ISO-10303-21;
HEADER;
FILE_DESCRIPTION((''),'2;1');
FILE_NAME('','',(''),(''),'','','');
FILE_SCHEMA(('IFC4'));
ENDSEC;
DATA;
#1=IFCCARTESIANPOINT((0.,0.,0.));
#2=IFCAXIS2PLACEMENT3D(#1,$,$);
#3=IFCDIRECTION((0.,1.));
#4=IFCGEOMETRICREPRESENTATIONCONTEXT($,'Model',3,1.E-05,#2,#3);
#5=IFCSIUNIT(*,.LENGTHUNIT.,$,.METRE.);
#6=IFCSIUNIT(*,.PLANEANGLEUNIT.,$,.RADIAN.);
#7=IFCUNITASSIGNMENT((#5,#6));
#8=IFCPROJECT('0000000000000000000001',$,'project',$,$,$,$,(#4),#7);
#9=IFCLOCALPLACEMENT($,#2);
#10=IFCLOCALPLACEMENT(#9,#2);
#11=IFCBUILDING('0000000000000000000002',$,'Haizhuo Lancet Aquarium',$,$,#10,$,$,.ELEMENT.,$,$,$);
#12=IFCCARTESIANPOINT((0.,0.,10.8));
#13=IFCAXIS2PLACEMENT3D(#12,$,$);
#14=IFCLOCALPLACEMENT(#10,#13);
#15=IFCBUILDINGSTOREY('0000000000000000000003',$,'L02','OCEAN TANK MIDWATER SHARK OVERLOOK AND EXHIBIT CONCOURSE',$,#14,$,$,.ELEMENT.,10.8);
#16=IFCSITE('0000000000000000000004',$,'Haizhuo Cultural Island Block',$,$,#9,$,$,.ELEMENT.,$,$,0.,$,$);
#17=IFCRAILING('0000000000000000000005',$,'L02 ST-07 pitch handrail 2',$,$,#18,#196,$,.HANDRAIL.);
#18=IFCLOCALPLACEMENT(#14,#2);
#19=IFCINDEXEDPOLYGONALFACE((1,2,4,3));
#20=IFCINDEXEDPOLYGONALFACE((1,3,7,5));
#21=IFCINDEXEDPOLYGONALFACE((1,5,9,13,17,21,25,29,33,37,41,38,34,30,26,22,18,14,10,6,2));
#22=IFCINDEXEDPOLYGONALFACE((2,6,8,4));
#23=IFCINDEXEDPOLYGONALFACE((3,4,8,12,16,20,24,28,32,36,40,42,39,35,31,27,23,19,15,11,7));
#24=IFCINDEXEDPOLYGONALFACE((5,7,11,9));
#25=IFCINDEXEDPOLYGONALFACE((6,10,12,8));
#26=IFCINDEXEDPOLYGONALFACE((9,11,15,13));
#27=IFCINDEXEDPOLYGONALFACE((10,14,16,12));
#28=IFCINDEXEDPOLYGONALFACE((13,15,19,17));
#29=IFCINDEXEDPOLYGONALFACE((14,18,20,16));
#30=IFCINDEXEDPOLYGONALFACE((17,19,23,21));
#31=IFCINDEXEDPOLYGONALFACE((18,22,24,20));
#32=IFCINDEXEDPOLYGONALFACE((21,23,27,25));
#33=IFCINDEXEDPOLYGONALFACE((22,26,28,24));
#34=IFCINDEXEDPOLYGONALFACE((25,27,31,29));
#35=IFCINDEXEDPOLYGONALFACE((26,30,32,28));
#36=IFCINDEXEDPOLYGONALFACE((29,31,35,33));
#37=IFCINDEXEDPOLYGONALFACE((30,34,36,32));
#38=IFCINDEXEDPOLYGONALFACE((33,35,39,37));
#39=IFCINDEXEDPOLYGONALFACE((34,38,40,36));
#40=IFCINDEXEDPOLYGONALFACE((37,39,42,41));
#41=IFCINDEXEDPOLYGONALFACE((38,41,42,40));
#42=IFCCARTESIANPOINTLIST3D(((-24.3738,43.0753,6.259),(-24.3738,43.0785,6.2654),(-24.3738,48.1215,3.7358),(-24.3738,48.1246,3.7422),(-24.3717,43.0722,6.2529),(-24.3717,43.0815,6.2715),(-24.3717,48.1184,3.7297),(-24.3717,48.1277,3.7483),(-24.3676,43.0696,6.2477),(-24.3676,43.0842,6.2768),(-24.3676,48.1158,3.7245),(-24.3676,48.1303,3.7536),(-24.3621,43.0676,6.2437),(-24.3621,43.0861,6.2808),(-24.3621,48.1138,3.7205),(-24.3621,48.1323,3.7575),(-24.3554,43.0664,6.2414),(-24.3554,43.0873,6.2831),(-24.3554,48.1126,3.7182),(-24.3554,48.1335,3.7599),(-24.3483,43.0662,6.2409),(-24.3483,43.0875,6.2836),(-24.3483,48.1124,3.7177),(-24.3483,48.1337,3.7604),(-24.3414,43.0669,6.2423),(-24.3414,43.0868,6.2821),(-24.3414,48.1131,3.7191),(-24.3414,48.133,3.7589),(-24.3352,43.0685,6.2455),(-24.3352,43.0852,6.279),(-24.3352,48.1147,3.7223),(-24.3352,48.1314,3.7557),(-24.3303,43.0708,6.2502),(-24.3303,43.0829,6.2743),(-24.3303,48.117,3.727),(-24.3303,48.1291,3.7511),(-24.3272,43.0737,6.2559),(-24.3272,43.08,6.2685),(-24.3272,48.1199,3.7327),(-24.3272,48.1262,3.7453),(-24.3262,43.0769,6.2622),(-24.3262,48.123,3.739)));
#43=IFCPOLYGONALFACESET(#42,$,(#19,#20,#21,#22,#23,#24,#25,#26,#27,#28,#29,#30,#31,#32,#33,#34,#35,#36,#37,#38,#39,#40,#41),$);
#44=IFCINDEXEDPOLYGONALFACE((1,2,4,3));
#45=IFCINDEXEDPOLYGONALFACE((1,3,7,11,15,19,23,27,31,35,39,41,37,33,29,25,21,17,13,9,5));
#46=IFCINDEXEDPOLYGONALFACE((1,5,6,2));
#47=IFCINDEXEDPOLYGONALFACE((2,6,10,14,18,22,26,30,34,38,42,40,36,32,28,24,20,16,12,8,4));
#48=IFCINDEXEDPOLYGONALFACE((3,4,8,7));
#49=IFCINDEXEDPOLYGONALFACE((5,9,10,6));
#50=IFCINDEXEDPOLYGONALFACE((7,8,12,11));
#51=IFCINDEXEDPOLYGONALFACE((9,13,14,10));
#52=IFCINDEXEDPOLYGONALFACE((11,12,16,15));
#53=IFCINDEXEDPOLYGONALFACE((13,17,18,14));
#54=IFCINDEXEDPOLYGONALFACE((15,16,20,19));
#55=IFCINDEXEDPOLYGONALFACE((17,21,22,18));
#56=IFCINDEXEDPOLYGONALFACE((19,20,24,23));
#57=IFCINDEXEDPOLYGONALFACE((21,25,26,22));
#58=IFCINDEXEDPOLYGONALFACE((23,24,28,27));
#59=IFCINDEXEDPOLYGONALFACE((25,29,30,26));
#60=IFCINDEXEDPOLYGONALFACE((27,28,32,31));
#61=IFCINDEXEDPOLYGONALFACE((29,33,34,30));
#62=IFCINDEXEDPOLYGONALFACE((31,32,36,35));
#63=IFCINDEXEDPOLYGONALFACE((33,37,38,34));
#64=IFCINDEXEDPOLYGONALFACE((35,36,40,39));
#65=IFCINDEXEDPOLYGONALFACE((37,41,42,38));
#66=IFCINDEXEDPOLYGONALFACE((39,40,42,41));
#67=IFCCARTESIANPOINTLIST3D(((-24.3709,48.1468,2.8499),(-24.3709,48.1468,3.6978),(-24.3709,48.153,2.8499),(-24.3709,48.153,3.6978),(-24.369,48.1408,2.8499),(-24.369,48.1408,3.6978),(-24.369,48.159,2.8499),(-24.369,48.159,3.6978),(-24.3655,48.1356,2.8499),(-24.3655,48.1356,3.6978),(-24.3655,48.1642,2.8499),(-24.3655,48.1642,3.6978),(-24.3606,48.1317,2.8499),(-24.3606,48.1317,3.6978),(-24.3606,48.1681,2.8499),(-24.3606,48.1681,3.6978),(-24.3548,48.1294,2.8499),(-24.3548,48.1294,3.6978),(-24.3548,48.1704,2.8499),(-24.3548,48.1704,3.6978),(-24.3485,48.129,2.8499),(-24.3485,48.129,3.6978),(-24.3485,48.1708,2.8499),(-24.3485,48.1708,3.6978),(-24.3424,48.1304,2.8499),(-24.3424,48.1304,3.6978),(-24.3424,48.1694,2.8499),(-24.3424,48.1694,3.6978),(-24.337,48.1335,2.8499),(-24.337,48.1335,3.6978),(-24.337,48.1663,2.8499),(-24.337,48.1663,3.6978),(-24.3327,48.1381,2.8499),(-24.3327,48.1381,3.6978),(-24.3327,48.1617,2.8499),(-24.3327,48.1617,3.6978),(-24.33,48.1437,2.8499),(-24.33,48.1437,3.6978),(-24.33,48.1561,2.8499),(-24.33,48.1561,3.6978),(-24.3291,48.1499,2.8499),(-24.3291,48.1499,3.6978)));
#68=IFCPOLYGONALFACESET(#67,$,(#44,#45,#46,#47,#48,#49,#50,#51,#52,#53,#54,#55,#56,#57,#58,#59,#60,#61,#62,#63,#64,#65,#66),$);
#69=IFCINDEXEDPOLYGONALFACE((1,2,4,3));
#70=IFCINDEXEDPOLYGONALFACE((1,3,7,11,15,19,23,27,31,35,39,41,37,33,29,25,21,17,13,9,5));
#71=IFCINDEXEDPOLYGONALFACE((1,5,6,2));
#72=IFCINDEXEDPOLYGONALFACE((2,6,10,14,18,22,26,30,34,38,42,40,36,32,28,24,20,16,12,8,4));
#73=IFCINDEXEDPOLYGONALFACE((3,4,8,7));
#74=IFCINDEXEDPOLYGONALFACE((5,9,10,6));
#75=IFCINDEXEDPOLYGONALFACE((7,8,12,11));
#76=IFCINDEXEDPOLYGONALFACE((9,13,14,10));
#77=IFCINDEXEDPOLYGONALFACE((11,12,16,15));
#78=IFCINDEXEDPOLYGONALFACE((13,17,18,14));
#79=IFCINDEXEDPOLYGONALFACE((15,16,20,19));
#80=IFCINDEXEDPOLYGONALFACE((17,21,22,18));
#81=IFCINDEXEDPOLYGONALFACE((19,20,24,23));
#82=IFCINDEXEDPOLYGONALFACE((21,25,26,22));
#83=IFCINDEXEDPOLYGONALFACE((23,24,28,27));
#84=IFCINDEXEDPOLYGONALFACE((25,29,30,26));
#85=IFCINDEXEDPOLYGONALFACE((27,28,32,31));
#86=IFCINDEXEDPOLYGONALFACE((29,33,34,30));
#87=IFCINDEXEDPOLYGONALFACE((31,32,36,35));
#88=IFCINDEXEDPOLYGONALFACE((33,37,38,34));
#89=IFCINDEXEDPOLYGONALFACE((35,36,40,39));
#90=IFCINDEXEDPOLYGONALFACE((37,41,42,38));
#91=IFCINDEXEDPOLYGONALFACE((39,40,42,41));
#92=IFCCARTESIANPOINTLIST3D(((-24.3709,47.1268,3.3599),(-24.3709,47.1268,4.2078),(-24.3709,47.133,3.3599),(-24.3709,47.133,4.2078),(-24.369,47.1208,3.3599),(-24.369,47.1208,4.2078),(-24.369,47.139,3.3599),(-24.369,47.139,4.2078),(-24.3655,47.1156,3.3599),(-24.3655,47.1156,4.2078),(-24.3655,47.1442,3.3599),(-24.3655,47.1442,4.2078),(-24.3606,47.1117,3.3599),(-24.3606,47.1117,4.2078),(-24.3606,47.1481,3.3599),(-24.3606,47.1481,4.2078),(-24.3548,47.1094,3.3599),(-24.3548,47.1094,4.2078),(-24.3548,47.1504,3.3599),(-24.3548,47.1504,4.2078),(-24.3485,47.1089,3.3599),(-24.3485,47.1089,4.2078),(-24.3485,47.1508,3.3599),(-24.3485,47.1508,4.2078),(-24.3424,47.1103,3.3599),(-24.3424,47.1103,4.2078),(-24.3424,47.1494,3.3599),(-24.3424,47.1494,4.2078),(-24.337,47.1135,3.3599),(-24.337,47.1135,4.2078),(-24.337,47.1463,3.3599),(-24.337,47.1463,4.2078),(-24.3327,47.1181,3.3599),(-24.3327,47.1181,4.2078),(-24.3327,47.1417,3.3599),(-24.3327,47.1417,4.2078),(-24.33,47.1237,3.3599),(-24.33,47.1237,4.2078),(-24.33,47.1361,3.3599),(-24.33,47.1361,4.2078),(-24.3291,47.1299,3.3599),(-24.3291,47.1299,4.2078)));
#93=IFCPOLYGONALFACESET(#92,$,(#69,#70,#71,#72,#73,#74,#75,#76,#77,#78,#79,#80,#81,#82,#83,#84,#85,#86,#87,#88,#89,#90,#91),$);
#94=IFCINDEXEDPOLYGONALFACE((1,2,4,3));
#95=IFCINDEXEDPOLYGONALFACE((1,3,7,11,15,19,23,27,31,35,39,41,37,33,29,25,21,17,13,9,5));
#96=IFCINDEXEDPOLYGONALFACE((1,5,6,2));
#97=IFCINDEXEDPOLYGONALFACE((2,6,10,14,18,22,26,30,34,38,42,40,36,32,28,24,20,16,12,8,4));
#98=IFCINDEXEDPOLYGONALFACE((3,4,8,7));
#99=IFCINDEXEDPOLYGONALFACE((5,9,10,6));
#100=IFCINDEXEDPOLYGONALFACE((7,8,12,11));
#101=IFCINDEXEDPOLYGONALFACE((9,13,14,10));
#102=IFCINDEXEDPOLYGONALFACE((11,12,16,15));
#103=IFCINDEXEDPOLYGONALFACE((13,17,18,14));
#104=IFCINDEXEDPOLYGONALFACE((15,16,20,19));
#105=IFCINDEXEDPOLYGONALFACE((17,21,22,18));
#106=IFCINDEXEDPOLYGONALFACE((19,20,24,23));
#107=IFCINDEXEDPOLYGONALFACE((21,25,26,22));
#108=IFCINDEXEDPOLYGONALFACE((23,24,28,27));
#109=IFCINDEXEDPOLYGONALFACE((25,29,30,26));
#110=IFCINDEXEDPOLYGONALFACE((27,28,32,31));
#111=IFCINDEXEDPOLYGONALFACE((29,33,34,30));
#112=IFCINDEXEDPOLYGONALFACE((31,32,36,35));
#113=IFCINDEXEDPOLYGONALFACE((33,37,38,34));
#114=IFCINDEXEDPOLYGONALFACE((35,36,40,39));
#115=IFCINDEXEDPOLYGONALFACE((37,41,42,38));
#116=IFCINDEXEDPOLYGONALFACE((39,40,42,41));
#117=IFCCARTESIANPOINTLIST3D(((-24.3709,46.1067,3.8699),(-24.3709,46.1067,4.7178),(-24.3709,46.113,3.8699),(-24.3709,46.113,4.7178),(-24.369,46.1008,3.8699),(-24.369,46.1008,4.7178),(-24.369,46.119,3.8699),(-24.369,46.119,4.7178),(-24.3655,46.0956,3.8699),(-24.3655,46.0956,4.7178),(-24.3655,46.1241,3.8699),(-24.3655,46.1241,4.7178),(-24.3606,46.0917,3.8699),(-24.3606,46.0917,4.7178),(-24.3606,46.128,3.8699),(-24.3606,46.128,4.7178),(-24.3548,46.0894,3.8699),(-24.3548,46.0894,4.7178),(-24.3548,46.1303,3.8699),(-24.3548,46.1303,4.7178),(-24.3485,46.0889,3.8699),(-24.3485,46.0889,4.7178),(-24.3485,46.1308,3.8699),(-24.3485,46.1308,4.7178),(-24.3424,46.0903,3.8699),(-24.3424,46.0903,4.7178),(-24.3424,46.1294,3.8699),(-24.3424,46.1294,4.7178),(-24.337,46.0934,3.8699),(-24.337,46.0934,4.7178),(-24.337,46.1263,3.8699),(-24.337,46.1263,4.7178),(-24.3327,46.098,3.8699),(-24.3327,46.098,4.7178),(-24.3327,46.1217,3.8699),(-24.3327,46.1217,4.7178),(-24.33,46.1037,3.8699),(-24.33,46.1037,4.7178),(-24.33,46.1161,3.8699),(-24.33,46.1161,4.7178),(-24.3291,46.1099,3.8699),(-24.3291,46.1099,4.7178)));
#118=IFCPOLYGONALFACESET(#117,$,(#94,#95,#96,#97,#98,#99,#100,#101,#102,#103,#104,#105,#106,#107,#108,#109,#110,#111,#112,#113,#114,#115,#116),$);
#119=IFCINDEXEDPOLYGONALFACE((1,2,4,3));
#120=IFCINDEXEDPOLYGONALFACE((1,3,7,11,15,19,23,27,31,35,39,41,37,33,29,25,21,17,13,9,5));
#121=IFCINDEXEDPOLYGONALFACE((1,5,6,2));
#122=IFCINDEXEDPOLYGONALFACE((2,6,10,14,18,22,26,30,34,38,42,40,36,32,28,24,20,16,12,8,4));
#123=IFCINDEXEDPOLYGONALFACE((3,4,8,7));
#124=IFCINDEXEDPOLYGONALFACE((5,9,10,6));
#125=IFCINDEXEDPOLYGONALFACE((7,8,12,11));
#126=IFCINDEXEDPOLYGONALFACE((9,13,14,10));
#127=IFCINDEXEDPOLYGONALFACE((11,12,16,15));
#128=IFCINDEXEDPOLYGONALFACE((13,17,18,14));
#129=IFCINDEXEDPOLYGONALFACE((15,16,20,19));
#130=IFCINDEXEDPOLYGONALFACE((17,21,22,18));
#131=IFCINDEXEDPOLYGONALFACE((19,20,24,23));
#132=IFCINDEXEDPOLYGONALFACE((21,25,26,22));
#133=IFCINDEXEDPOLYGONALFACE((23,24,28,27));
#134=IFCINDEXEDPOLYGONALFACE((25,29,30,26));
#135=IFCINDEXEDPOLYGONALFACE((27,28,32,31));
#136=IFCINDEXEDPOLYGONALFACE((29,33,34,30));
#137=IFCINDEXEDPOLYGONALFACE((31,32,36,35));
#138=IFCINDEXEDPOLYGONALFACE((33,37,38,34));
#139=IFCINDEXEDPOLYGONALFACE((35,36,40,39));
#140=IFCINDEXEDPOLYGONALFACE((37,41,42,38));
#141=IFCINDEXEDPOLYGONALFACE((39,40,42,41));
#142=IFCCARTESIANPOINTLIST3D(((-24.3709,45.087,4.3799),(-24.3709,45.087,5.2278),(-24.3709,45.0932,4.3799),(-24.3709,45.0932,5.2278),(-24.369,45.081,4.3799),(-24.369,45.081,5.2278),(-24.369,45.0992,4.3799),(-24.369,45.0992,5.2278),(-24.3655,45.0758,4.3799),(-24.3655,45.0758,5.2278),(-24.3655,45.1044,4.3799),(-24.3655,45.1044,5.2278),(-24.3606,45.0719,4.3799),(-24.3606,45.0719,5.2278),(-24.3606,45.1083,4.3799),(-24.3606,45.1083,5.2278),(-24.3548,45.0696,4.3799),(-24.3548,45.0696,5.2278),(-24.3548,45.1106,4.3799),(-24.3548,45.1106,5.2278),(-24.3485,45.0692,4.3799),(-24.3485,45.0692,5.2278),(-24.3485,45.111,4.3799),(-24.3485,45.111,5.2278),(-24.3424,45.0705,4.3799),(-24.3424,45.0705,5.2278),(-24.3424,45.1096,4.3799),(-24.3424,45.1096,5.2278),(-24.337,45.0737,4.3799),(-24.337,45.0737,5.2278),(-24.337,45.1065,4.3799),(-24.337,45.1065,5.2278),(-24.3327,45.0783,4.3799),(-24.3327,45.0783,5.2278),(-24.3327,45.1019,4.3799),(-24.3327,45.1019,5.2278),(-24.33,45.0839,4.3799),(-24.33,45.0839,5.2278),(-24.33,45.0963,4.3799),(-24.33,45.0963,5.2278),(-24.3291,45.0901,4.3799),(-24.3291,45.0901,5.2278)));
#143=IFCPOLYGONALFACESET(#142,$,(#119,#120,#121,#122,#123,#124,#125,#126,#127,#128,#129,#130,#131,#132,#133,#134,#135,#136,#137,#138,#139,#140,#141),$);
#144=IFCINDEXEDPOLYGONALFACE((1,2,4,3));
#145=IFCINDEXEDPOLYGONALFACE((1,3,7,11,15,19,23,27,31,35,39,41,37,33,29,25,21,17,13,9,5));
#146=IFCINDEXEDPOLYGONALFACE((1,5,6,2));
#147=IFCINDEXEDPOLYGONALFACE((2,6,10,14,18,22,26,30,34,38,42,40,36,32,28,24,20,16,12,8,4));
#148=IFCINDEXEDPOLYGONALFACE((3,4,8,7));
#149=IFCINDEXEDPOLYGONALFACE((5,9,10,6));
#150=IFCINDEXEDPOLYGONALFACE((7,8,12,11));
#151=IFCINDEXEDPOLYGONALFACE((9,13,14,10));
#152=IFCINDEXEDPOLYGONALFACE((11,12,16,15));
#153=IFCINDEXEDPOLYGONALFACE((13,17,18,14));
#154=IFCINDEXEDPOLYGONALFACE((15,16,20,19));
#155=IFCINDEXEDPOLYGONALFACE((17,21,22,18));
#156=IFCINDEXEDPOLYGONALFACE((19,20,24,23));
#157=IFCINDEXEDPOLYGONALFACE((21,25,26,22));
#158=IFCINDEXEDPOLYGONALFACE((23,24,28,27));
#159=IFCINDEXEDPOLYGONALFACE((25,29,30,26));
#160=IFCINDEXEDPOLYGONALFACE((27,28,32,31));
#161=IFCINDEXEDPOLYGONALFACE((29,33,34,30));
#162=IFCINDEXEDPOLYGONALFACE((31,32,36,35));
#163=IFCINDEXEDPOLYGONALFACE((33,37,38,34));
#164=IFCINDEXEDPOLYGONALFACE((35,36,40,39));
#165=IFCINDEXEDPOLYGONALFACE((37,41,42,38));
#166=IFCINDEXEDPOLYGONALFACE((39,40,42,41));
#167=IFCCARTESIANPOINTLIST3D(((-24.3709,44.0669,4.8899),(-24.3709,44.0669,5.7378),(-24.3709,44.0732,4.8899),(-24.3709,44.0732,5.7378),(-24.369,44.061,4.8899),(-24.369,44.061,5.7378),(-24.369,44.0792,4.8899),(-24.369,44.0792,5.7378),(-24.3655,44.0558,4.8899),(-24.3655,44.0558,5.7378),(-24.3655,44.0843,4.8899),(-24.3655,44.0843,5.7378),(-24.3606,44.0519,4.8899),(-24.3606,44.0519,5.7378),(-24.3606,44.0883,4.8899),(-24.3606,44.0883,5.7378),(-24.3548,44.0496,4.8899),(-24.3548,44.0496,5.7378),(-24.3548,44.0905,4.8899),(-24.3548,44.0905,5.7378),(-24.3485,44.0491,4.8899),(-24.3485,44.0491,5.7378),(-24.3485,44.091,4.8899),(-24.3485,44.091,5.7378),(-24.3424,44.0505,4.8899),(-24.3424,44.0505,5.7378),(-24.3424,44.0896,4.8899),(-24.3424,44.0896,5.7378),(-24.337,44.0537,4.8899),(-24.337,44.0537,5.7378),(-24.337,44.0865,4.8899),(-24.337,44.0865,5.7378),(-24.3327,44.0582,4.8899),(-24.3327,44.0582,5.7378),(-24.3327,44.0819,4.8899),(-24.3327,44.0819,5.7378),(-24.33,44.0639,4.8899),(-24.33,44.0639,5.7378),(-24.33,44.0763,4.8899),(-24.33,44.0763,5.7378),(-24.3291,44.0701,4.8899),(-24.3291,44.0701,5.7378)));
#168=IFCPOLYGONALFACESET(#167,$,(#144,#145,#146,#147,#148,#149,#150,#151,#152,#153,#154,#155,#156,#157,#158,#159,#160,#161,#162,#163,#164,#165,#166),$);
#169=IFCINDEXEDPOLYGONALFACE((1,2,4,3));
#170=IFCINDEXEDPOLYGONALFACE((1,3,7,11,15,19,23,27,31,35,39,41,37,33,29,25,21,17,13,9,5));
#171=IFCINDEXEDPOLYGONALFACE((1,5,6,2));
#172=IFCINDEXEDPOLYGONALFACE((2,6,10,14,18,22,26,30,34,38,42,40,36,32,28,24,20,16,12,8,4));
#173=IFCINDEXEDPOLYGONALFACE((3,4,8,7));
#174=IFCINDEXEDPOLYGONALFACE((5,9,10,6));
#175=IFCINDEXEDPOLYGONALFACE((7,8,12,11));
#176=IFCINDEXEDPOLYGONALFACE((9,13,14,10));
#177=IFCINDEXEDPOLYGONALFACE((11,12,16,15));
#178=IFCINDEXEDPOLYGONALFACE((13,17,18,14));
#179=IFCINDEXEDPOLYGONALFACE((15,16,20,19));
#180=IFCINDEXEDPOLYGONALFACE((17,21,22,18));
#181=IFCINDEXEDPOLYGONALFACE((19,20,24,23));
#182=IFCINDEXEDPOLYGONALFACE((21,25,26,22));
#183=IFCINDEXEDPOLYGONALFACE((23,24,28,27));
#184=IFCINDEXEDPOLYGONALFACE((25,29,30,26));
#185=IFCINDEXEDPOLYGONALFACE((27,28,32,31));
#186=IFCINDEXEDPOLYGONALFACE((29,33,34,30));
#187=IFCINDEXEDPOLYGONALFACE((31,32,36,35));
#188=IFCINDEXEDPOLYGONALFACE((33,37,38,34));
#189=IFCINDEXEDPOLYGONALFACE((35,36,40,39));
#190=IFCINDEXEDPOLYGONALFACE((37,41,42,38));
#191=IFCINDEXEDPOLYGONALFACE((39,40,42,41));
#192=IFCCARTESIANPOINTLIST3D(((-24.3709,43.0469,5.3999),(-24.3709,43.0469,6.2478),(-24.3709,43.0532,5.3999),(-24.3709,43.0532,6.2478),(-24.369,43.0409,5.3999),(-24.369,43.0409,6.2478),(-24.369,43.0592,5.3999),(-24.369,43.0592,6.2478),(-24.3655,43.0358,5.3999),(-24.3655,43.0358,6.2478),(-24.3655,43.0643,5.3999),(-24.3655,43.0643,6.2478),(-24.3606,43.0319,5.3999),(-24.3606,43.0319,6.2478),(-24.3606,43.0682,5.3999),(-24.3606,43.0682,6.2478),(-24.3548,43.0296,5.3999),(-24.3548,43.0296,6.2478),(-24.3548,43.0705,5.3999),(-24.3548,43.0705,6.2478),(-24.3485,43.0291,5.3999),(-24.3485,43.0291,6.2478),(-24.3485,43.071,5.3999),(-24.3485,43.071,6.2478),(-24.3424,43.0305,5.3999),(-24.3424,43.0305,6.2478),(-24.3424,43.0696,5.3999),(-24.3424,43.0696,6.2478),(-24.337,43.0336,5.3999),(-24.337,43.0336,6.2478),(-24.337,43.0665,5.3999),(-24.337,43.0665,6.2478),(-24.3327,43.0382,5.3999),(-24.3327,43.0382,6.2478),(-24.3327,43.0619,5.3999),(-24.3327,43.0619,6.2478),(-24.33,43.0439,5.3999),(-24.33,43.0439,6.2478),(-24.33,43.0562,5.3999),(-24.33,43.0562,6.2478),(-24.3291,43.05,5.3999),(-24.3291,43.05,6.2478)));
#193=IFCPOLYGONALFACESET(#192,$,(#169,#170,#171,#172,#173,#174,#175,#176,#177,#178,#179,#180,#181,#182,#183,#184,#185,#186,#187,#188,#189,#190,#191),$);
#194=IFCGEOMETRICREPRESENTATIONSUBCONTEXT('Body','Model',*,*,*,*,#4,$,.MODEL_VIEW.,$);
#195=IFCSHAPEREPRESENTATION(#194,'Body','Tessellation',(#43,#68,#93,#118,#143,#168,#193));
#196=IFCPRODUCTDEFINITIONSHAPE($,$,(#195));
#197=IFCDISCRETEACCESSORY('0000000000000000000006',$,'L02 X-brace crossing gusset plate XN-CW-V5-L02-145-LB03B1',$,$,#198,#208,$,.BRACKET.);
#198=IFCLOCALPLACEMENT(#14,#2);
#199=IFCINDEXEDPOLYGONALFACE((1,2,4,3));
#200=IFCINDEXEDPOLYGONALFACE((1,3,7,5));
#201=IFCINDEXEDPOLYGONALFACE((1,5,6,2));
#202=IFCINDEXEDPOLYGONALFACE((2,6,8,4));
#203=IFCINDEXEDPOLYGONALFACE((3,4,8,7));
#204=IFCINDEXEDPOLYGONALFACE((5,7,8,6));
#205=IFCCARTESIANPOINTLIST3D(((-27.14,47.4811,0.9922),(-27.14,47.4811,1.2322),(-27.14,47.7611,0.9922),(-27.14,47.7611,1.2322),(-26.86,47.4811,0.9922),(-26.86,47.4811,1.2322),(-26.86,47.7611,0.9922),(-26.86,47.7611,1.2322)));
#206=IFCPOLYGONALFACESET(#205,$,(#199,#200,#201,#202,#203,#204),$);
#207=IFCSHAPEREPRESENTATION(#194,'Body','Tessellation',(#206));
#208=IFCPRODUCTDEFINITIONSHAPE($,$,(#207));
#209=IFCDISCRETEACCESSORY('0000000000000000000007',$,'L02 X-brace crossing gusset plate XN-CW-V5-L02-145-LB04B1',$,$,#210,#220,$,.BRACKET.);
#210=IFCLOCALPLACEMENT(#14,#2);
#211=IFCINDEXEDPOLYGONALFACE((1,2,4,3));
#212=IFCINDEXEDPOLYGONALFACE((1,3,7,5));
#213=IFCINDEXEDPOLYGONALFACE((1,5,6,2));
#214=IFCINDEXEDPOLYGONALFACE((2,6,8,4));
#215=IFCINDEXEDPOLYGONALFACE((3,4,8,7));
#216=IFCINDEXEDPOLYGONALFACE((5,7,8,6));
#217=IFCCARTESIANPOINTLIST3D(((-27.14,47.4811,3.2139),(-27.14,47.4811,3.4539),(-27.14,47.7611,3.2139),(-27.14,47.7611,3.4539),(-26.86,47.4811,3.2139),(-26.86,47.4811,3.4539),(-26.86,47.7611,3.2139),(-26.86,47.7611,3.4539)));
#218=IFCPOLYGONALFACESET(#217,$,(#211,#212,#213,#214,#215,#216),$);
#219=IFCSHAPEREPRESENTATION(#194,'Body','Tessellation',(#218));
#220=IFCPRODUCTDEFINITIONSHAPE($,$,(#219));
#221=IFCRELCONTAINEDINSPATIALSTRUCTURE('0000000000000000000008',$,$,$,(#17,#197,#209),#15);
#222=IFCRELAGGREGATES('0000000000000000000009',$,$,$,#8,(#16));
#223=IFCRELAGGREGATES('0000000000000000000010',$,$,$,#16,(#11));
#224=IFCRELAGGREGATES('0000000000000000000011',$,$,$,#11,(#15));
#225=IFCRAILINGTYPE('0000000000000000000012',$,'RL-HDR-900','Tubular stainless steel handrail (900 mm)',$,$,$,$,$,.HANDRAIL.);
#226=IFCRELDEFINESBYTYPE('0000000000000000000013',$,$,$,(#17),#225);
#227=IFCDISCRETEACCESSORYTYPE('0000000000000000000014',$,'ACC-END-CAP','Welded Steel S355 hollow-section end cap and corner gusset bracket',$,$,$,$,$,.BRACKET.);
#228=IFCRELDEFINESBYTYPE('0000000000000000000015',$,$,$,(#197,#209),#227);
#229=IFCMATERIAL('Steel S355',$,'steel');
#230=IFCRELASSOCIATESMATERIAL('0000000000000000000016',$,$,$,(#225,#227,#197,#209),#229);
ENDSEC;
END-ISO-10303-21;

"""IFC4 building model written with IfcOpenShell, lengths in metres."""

from ifc_helpers import new_model, si_unit, direction, frame, origin, origin_2d, place, context, subcontext, project, spatial, rectangle, circle, extrude, material, type_object, element, save


model = new_model("IFC4")

# Units and contexts
model_context = context("Model", 3, precision=1e-05, world=origin(), true_north=direction((0.0, 1.0)))
body_context = subcontext(model_context, "Body", "Model", "MODEL_VIEW")
ifc_project = project(units=[si_unit("LENGTHUNIT", "METRE"), si_unit("PLANEANGLEUNIT", "RADIAN")], contexts=[model_context])

# Site, building, storey
site_placement = place(None, origin())
site = spatial("IfcSite", under=ifc_project, at=site_placement, Name="Haizhuo Cultural Island Block", CompositionType="ELEMENT", RefElevation=0.0)
building_placement = place(site_placement, origin())
building = spatial("IfcBuilding", under=site, at=building_placement, Name="Haizhuo Lancet Aquarium", CompositionType="ELEMENT")
storey_placement = place(building_placement, frame((0.0, 0.0, 10.8)))
storey = spatial("IfcBuildingStorey", under=building, at=storey_placement, Name="L02", Description="OCEAN TANK MIDWATER SHARK OVERLOOK AND EXHIBIT CONCOURSE", CompositionType="ELEMENT", Elevation=10.8)

# Shared definitions
ifc_material_1 = material(Name="Steel S355", Category="steel")

# Railing
railing_type_1 = type_object("IfcRailingType", Name="RL-HDR-900", Description="Tubular stainless steel handrail (900 mm)", PredefinedType="HANDRAIL", material=ifc_material_1)
railing_1_placement = place(storey_placement, frame((-24.3501, 48.1499, 2.8499)))
element("IfcRailing", 1, at=railing_1_placement, inside=storey, type_object=railing_type_1, Name="L02 ST-07 pitch handrail 2", PredefinedType="HANDRAIL", context=body_context, shape_type="SweptSolid", body=[
    extrude(circle(Radius=0.0239, at=origin_2d()), frame((0.0, -0.0269, 0.8892), z_axis=(0.0, -0.894419, 0.447231), x_axis=(1.0, 0.0, 0.0)), (0.0, 0.0, 1.0), 5.6418),
    extrude(circle(Radius=0.021, at=origin_2d()), origin(), (0.0, 0.0, 1.0), 0.8479),
    extrude(circle(Radius=0.021, at=origin_2d()), frame((0.0, -1.02, 0.51)), (0.0, 0.0, 1.0), 0.8479),
    extrude(circle(Radius=0.021, at=origin_2d()), frame((0.0, -2.04, 1.02)), (0.0, 0.0, 1.0), 0.8479),
    extrude(circle(Radius=0.021, at=origin_2d()), frame((0.0, -3.0598, 1.53)), (0.0, 0.0, 1.0), 0.8479),
    extrude(circle(Radius=0.021, at=origin_2d()), frame((0.0, -4.0798, 2.04)), (0.0, 0.0, 1.0), 0.8479),
    extrude(circle(Radius=0.021, at=origin_2d()), frame((0.0, -5.0999, 2.55)), (0.0, 0.0, 1.0), 0.8479),
])

# Discrete accessories
discrete_accessory_type = type_object("IfcDiscreteAccessoryType", Name="ACC-END-CAP", Description="Welded Steel S355 hollow-section end cap and corner gusset bracket", PredefinedType="BRACKET", material=ifc_material_1)
for number, where, z_axis, x_axis, name in (
    (2, (-27.0, 47.6211, 0.9922), (0.0, 0.0, 1.0), (1.0, 0.0, 0.0), "L02 X-brace crossing gusset plate XN-CW-V5-L02-145-LB03B1"),
    (3, (-27.0, 47.6211, 3.2139), (0.0, 0.0, 1.0), (1.0, 0.0, 0.0), "L02 X-brace crossing gusset plate XN-CW-V5-L02-145-LB04B1"),
):
    element("IfcDiscreteAccessory", number, at=place(storey_placement, frame(where, z_axis=z_axis, x_axis=x_axis)), inside=storey, type_object=discrete_accessory_type, material=ifc_material_1, Name=name, PredefinedType="BRACKET", context=body_context, shape_type="SweptSolid", body=[
        extrude(rectangle(XDim=0.28, YDim=0.28, at=origin_2d()), origin(), (0.0, 0.0, 1.0), 0.24),
    ])

save(model, "model.ifc")
